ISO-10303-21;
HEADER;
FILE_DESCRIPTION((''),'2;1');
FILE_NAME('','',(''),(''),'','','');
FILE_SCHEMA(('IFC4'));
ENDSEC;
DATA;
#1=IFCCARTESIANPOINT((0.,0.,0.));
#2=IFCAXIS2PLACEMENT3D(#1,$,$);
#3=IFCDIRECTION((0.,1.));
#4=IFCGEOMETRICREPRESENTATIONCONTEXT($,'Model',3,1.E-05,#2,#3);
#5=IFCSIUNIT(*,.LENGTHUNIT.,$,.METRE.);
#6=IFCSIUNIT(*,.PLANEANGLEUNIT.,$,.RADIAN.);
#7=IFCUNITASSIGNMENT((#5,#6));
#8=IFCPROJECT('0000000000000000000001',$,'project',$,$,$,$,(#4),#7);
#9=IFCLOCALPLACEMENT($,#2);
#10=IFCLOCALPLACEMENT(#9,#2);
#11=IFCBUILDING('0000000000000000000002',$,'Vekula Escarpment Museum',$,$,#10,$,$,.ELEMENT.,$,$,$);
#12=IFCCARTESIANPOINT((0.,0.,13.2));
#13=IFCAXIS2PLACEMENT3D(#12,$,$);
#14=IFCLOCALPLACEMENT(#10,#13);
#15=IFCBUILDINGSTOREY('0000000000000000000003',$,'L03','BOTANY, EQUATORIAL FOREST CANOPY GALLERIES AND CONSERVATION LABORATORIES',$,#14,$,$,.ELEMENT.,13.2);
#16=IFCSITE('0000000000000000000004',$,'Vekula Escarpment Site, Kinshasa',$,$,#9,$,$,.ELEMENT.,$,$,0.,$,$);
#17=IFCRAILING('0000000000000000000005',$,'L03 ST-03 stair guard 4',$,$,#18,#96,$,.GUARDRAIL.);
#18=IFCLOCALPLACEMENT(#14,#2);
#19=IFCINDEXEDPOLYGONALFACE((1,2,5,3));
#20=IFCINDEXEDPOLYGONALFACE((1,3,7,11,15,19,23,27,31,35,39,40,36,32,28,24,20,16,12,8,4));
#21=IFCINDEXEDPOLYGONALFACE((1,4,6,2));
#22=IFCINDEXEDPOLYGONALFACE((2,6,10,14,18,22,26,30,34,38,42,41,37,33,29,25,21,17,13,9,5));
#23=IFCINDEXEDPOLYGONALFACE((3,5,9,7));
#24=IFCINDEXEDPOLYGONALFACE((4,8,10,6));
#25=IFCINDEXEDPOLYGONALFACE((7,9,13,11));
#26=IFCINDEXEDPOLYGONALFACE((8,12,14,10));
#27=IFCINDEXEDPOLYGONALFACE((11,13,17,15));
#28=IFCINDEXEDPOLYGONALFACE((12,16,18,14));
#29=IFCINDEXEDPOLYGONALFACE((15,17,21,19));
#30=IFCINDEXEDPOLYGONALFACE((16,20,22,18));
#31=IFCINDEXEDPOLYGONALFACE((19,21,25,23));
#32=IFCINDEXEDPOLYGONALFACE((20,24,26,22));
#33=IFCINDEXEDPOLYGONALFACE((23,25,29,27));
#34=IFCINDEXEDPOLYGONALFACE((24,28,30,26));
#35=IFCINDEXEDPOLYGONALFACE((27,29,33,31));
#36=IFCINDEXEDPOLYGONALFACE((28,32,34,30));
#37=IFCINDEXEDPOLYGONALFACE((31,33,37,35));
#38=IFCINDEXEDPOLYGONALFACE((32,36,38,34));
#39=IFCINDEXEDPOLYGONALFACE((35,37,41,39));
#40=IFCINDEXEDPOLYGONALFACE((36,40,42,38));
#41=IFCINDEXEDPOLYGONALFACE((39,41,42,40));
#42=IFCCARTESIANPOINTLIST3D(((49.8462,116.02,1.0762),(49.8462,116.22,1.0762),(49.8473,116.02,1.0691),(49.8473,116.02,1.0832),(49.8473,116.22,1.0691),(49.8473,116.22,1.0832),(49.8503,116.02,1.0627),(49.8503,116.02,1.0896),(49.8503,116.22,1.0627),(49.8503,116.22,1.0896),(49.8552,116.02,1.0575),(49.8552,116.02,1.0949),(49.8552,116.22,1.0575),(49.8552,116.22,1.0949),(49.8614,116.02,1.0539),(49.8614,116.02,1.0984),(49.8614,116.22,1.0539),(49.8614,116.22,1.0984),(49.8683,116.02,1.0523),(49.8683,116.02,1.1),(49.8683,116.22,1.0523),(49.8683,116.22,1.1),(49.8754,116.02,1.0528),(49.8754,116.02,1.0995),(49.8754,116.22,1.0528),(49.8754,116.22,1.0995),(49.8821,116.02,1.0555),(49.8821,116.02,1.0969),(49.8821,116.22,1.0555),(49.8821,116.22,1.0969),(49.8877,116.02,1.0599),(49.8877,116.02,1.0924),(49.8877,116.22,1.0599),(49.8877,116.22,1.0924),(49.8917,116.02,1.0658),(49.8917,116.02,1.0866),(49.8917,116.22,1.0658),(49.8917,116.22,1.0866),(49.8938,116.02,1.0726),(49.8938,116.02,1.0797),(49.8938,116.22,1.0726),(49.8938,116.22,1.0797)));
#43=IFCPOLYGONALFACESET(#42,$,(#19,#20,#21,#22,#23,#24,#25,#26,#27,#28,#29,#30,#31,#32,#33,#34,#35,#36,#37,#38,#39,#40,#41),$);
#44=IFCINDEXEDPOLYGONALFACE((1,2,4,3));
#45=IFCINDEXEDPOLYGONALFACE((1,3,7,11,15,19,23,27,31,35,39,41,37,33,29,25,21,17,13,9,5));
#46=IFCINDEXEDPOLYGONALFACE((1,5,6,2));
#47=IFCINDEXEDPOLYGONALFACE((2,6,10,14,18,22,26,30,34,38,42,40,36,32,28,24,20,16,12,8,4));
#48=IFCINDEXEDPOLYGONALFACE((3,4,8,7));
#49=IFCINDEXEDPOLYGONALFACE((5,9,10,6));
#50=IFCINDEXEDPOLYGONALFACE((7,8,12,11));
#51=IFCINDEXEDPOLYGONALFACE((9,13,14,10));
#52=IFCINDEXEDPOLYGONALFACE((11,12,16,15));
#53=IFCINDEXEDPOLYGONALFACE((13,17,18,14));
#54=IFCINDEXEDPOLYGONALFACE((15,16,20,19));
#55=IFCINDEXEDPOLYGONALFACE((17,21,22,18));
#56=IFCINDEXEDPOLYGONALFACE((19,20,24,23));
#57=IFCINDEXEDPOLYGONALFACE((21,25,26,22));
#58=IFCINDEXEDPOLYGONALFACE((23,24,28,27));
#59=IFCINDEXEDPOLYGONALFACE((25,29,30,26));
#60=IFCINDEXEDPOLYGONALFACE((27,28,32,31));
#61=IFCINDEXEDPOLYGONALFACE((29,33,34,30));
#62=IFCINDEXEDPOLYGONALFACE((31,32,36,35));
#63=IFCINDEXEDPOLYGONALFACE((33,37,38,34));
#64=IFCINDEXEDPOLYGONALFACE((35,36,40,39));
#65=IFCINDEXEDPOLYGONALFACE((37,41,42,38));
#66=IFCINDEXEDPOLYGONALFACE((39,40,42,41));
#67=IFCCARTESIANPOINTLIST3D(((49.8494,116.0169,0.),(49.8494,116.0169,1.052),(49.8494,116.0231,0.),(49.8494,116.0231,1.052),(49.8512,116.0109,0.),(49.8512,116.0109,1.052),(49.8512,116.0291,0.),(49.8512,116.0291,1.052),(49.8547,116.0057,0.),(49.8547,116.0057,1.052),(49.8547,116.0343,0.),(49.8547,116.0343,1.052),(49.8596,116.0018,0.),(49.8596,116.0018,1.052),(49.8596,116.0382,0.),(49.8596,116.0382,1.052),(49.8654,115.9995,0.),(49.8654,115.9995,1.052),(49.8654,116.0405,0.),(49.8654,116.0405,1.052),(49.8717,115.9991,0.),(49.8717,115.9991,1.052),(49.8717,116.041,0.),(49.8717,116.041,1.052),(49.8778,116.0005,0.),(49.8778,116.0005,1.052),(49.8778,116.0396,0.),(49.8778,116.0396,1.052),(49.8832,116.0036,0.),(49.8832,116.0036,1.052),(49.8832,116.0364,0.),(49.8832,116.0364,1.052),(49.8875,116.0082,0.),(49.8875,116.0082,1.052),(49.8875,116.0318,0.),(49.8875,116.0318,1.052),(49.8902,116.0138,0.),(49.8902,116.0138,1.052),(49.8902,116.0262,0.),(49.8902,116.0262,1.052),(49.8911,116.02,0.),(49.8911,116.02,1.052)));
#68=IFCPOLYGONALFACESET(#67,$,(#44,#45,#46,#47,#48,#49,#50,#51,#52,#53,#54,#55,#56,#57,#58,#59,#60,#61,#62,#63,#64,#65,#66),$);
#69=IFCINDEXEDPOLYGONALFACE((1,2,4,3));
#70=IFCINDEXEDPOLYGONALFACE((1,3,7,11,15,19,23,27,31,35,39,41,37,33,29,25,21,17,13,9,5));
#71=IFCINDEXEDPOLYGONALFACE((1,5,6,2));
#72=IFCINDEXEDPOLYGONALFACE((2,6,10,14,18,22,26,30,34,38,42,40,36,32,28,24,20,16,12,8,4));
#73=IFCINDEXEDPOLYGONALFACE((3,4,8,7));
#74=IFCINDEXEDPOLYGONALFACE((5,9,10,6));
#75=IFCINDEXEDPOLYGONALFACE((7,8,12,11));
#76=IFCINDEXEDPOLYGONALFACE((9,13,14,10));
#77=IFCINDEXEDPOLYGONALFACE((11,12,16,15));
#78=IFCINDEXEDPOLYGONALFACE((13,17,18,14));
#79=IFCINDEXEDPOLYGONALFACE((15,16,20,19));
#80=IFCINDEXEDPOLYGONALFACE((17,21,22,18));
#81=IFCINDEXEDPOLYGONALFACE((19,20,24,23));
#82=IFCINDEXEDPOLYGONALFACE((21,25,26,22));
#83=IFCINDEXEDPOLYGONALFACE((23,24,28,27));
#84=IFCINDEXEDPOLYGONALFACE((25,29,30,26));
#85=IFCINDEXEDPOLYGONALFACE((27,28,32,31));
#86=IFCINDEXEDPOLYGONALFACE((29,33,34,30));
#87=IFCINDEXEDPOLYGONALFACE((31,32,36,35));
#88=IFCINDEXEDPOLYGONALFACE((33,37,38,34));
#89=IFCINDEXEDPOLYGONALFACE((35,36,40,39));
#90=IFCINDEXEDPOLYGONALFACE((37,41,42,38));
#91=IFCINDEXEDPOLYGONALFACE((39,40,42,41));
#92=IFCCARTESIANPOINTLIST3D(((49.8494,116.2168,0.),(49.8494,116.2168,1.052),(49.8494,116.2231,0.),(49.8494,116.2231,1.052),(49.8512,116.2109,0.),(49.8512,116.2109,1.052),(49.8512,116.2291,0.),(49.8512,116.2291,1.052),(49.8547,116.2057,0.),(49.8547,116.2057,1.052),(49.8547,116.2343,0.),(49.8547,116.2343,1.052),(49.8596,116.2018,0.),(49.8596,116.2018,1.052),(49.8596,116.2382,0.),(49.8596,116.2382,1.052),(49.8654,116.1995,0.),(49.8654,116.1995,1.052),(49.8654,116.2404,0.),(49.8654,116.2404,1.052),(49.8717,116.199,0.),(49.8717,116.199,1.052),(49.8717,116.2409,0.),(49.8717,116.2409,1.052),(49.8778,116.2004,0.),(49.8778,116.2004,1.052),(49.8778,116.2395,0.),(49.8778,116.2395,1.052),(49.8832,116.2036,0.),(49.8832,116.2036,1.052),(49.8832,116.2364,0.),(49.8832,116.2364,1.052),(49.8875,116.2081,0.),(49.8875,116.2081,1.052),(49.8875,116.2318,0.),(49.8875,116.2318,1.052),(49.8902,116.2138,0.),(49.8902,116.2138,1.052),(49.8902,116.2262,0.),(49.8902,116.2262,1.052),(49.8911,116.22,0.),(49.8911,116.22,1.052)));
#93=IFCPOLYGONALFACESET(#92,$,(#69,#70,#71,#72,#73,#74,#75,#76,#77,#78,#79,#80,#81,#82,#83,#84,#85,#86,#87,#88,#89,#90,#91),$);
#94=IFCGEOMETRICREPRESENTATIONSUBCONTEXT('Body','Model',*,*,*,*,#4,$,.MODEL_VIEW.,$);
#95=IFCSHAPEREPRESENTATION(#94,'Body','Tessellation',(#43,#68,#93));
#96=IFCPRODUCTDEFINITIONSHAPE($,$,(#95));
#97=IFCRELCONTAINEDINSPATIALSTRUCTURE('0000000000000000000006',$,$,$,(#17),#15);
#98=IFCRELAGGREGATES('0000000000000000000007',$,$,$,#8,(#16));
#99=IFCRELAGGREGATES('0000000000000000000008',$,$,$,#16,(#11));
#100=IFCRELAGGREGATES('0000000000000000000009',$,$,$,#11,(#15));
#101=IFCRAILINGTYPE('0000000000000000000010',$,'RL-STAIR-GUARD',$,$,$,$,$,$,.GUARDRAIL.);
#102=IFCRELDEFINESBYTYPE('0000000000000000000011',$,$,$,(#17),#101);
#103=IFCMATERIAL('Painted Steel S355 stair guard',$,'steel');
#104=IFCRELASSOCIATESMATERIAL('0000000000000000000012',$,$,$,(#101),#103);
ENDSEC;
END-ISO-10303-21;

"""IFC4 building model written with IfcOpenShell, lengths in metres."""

from ifc_helpers import new_model, si_unit, direction, frame, origin, origin_2d, place, context, subcontext, project, spatial, circle, extrude, material, type_object, element, save


model = new_model("IFC4")

# Units and contexts
model_context = context("Model", 3, precision=1e-05, world=origin(), true_north=direction((0.0, 1.0)))
body_context = subcontext(model_context, "Body", "Model", "MODEL_VIEW")
ifc_project = project(units=[si_unit("LENGTHUNIT", "METRE"), si_unit("PLANEANGLEUNIT", "RADIAN")], contexts=[model_context])

# Site, building, storey
site_placement = place(None, origin())
site = spatial("IfcSite", under=ifc_project, at=site_placement, Name="Vekula Escarpment Site, Kinshasa", CompositionType="ELEMENT", RefElevation=0.0)
building_placement = place(site_placement, origin())
building = spatial("IfcBuilding", under=site, at=building_placement, Name="Vekula Escarpment Museum", CompositionType="ELEMENT")
storey_placement = place(building_placement, frame((0.0, 0.0, 13.2)))
storey = spatial("IfcBuildingStorey", under=building, at=storey_placement, Name="L03", Description="BOTANY, EQUATORIAL FOREST CANOPY GALLERIES AND CONSERVATION LABORATORIES", CompositionType="ELEMENT", Elevation=13.2)

# Railing
ifc_material_1 = material(Name="Painted Steel S355 stair guard", Category="steel")
railing_type_1 = type_object("IfcRailingType", Name="RL-STAIR-GUARD", PredefinedType="GUARDRAIL", material=ifc_material_1)
railing_1_placement = place(storey_placement, frame((49.8701, 116.02, 0.0)))
element("IfcRailing", 1, at=railing_1_placement, inside=storey, type_object=railing_type_1, Name="L03 ST-03 stair guard 4", PredefinedType="GUARDRAIL", context=body_context, shape_type="SweptSolid", body=[
    extrude(circle(Radius=0.0239, at=origin_2d()), frame((0.0, 0.0, 1.0762), z_axis=(0.0, 1.0, 0.0), x_axis=(-1.0, 0.0, 0.0)), (0.0, 0.0, 1.0), 0.2),
    extrude(circle(Radius=0.021, at=origin_2d()), origin(), (0.0, 0.0, 1.0), 1.052),
    extrude(circle(Radius=0.021, at=origin_2d()), frame((0.0, 0.2, 0.0)), (0.0, 0.0, 1.0), 1.052),
])

save(model, "model.ifc")
